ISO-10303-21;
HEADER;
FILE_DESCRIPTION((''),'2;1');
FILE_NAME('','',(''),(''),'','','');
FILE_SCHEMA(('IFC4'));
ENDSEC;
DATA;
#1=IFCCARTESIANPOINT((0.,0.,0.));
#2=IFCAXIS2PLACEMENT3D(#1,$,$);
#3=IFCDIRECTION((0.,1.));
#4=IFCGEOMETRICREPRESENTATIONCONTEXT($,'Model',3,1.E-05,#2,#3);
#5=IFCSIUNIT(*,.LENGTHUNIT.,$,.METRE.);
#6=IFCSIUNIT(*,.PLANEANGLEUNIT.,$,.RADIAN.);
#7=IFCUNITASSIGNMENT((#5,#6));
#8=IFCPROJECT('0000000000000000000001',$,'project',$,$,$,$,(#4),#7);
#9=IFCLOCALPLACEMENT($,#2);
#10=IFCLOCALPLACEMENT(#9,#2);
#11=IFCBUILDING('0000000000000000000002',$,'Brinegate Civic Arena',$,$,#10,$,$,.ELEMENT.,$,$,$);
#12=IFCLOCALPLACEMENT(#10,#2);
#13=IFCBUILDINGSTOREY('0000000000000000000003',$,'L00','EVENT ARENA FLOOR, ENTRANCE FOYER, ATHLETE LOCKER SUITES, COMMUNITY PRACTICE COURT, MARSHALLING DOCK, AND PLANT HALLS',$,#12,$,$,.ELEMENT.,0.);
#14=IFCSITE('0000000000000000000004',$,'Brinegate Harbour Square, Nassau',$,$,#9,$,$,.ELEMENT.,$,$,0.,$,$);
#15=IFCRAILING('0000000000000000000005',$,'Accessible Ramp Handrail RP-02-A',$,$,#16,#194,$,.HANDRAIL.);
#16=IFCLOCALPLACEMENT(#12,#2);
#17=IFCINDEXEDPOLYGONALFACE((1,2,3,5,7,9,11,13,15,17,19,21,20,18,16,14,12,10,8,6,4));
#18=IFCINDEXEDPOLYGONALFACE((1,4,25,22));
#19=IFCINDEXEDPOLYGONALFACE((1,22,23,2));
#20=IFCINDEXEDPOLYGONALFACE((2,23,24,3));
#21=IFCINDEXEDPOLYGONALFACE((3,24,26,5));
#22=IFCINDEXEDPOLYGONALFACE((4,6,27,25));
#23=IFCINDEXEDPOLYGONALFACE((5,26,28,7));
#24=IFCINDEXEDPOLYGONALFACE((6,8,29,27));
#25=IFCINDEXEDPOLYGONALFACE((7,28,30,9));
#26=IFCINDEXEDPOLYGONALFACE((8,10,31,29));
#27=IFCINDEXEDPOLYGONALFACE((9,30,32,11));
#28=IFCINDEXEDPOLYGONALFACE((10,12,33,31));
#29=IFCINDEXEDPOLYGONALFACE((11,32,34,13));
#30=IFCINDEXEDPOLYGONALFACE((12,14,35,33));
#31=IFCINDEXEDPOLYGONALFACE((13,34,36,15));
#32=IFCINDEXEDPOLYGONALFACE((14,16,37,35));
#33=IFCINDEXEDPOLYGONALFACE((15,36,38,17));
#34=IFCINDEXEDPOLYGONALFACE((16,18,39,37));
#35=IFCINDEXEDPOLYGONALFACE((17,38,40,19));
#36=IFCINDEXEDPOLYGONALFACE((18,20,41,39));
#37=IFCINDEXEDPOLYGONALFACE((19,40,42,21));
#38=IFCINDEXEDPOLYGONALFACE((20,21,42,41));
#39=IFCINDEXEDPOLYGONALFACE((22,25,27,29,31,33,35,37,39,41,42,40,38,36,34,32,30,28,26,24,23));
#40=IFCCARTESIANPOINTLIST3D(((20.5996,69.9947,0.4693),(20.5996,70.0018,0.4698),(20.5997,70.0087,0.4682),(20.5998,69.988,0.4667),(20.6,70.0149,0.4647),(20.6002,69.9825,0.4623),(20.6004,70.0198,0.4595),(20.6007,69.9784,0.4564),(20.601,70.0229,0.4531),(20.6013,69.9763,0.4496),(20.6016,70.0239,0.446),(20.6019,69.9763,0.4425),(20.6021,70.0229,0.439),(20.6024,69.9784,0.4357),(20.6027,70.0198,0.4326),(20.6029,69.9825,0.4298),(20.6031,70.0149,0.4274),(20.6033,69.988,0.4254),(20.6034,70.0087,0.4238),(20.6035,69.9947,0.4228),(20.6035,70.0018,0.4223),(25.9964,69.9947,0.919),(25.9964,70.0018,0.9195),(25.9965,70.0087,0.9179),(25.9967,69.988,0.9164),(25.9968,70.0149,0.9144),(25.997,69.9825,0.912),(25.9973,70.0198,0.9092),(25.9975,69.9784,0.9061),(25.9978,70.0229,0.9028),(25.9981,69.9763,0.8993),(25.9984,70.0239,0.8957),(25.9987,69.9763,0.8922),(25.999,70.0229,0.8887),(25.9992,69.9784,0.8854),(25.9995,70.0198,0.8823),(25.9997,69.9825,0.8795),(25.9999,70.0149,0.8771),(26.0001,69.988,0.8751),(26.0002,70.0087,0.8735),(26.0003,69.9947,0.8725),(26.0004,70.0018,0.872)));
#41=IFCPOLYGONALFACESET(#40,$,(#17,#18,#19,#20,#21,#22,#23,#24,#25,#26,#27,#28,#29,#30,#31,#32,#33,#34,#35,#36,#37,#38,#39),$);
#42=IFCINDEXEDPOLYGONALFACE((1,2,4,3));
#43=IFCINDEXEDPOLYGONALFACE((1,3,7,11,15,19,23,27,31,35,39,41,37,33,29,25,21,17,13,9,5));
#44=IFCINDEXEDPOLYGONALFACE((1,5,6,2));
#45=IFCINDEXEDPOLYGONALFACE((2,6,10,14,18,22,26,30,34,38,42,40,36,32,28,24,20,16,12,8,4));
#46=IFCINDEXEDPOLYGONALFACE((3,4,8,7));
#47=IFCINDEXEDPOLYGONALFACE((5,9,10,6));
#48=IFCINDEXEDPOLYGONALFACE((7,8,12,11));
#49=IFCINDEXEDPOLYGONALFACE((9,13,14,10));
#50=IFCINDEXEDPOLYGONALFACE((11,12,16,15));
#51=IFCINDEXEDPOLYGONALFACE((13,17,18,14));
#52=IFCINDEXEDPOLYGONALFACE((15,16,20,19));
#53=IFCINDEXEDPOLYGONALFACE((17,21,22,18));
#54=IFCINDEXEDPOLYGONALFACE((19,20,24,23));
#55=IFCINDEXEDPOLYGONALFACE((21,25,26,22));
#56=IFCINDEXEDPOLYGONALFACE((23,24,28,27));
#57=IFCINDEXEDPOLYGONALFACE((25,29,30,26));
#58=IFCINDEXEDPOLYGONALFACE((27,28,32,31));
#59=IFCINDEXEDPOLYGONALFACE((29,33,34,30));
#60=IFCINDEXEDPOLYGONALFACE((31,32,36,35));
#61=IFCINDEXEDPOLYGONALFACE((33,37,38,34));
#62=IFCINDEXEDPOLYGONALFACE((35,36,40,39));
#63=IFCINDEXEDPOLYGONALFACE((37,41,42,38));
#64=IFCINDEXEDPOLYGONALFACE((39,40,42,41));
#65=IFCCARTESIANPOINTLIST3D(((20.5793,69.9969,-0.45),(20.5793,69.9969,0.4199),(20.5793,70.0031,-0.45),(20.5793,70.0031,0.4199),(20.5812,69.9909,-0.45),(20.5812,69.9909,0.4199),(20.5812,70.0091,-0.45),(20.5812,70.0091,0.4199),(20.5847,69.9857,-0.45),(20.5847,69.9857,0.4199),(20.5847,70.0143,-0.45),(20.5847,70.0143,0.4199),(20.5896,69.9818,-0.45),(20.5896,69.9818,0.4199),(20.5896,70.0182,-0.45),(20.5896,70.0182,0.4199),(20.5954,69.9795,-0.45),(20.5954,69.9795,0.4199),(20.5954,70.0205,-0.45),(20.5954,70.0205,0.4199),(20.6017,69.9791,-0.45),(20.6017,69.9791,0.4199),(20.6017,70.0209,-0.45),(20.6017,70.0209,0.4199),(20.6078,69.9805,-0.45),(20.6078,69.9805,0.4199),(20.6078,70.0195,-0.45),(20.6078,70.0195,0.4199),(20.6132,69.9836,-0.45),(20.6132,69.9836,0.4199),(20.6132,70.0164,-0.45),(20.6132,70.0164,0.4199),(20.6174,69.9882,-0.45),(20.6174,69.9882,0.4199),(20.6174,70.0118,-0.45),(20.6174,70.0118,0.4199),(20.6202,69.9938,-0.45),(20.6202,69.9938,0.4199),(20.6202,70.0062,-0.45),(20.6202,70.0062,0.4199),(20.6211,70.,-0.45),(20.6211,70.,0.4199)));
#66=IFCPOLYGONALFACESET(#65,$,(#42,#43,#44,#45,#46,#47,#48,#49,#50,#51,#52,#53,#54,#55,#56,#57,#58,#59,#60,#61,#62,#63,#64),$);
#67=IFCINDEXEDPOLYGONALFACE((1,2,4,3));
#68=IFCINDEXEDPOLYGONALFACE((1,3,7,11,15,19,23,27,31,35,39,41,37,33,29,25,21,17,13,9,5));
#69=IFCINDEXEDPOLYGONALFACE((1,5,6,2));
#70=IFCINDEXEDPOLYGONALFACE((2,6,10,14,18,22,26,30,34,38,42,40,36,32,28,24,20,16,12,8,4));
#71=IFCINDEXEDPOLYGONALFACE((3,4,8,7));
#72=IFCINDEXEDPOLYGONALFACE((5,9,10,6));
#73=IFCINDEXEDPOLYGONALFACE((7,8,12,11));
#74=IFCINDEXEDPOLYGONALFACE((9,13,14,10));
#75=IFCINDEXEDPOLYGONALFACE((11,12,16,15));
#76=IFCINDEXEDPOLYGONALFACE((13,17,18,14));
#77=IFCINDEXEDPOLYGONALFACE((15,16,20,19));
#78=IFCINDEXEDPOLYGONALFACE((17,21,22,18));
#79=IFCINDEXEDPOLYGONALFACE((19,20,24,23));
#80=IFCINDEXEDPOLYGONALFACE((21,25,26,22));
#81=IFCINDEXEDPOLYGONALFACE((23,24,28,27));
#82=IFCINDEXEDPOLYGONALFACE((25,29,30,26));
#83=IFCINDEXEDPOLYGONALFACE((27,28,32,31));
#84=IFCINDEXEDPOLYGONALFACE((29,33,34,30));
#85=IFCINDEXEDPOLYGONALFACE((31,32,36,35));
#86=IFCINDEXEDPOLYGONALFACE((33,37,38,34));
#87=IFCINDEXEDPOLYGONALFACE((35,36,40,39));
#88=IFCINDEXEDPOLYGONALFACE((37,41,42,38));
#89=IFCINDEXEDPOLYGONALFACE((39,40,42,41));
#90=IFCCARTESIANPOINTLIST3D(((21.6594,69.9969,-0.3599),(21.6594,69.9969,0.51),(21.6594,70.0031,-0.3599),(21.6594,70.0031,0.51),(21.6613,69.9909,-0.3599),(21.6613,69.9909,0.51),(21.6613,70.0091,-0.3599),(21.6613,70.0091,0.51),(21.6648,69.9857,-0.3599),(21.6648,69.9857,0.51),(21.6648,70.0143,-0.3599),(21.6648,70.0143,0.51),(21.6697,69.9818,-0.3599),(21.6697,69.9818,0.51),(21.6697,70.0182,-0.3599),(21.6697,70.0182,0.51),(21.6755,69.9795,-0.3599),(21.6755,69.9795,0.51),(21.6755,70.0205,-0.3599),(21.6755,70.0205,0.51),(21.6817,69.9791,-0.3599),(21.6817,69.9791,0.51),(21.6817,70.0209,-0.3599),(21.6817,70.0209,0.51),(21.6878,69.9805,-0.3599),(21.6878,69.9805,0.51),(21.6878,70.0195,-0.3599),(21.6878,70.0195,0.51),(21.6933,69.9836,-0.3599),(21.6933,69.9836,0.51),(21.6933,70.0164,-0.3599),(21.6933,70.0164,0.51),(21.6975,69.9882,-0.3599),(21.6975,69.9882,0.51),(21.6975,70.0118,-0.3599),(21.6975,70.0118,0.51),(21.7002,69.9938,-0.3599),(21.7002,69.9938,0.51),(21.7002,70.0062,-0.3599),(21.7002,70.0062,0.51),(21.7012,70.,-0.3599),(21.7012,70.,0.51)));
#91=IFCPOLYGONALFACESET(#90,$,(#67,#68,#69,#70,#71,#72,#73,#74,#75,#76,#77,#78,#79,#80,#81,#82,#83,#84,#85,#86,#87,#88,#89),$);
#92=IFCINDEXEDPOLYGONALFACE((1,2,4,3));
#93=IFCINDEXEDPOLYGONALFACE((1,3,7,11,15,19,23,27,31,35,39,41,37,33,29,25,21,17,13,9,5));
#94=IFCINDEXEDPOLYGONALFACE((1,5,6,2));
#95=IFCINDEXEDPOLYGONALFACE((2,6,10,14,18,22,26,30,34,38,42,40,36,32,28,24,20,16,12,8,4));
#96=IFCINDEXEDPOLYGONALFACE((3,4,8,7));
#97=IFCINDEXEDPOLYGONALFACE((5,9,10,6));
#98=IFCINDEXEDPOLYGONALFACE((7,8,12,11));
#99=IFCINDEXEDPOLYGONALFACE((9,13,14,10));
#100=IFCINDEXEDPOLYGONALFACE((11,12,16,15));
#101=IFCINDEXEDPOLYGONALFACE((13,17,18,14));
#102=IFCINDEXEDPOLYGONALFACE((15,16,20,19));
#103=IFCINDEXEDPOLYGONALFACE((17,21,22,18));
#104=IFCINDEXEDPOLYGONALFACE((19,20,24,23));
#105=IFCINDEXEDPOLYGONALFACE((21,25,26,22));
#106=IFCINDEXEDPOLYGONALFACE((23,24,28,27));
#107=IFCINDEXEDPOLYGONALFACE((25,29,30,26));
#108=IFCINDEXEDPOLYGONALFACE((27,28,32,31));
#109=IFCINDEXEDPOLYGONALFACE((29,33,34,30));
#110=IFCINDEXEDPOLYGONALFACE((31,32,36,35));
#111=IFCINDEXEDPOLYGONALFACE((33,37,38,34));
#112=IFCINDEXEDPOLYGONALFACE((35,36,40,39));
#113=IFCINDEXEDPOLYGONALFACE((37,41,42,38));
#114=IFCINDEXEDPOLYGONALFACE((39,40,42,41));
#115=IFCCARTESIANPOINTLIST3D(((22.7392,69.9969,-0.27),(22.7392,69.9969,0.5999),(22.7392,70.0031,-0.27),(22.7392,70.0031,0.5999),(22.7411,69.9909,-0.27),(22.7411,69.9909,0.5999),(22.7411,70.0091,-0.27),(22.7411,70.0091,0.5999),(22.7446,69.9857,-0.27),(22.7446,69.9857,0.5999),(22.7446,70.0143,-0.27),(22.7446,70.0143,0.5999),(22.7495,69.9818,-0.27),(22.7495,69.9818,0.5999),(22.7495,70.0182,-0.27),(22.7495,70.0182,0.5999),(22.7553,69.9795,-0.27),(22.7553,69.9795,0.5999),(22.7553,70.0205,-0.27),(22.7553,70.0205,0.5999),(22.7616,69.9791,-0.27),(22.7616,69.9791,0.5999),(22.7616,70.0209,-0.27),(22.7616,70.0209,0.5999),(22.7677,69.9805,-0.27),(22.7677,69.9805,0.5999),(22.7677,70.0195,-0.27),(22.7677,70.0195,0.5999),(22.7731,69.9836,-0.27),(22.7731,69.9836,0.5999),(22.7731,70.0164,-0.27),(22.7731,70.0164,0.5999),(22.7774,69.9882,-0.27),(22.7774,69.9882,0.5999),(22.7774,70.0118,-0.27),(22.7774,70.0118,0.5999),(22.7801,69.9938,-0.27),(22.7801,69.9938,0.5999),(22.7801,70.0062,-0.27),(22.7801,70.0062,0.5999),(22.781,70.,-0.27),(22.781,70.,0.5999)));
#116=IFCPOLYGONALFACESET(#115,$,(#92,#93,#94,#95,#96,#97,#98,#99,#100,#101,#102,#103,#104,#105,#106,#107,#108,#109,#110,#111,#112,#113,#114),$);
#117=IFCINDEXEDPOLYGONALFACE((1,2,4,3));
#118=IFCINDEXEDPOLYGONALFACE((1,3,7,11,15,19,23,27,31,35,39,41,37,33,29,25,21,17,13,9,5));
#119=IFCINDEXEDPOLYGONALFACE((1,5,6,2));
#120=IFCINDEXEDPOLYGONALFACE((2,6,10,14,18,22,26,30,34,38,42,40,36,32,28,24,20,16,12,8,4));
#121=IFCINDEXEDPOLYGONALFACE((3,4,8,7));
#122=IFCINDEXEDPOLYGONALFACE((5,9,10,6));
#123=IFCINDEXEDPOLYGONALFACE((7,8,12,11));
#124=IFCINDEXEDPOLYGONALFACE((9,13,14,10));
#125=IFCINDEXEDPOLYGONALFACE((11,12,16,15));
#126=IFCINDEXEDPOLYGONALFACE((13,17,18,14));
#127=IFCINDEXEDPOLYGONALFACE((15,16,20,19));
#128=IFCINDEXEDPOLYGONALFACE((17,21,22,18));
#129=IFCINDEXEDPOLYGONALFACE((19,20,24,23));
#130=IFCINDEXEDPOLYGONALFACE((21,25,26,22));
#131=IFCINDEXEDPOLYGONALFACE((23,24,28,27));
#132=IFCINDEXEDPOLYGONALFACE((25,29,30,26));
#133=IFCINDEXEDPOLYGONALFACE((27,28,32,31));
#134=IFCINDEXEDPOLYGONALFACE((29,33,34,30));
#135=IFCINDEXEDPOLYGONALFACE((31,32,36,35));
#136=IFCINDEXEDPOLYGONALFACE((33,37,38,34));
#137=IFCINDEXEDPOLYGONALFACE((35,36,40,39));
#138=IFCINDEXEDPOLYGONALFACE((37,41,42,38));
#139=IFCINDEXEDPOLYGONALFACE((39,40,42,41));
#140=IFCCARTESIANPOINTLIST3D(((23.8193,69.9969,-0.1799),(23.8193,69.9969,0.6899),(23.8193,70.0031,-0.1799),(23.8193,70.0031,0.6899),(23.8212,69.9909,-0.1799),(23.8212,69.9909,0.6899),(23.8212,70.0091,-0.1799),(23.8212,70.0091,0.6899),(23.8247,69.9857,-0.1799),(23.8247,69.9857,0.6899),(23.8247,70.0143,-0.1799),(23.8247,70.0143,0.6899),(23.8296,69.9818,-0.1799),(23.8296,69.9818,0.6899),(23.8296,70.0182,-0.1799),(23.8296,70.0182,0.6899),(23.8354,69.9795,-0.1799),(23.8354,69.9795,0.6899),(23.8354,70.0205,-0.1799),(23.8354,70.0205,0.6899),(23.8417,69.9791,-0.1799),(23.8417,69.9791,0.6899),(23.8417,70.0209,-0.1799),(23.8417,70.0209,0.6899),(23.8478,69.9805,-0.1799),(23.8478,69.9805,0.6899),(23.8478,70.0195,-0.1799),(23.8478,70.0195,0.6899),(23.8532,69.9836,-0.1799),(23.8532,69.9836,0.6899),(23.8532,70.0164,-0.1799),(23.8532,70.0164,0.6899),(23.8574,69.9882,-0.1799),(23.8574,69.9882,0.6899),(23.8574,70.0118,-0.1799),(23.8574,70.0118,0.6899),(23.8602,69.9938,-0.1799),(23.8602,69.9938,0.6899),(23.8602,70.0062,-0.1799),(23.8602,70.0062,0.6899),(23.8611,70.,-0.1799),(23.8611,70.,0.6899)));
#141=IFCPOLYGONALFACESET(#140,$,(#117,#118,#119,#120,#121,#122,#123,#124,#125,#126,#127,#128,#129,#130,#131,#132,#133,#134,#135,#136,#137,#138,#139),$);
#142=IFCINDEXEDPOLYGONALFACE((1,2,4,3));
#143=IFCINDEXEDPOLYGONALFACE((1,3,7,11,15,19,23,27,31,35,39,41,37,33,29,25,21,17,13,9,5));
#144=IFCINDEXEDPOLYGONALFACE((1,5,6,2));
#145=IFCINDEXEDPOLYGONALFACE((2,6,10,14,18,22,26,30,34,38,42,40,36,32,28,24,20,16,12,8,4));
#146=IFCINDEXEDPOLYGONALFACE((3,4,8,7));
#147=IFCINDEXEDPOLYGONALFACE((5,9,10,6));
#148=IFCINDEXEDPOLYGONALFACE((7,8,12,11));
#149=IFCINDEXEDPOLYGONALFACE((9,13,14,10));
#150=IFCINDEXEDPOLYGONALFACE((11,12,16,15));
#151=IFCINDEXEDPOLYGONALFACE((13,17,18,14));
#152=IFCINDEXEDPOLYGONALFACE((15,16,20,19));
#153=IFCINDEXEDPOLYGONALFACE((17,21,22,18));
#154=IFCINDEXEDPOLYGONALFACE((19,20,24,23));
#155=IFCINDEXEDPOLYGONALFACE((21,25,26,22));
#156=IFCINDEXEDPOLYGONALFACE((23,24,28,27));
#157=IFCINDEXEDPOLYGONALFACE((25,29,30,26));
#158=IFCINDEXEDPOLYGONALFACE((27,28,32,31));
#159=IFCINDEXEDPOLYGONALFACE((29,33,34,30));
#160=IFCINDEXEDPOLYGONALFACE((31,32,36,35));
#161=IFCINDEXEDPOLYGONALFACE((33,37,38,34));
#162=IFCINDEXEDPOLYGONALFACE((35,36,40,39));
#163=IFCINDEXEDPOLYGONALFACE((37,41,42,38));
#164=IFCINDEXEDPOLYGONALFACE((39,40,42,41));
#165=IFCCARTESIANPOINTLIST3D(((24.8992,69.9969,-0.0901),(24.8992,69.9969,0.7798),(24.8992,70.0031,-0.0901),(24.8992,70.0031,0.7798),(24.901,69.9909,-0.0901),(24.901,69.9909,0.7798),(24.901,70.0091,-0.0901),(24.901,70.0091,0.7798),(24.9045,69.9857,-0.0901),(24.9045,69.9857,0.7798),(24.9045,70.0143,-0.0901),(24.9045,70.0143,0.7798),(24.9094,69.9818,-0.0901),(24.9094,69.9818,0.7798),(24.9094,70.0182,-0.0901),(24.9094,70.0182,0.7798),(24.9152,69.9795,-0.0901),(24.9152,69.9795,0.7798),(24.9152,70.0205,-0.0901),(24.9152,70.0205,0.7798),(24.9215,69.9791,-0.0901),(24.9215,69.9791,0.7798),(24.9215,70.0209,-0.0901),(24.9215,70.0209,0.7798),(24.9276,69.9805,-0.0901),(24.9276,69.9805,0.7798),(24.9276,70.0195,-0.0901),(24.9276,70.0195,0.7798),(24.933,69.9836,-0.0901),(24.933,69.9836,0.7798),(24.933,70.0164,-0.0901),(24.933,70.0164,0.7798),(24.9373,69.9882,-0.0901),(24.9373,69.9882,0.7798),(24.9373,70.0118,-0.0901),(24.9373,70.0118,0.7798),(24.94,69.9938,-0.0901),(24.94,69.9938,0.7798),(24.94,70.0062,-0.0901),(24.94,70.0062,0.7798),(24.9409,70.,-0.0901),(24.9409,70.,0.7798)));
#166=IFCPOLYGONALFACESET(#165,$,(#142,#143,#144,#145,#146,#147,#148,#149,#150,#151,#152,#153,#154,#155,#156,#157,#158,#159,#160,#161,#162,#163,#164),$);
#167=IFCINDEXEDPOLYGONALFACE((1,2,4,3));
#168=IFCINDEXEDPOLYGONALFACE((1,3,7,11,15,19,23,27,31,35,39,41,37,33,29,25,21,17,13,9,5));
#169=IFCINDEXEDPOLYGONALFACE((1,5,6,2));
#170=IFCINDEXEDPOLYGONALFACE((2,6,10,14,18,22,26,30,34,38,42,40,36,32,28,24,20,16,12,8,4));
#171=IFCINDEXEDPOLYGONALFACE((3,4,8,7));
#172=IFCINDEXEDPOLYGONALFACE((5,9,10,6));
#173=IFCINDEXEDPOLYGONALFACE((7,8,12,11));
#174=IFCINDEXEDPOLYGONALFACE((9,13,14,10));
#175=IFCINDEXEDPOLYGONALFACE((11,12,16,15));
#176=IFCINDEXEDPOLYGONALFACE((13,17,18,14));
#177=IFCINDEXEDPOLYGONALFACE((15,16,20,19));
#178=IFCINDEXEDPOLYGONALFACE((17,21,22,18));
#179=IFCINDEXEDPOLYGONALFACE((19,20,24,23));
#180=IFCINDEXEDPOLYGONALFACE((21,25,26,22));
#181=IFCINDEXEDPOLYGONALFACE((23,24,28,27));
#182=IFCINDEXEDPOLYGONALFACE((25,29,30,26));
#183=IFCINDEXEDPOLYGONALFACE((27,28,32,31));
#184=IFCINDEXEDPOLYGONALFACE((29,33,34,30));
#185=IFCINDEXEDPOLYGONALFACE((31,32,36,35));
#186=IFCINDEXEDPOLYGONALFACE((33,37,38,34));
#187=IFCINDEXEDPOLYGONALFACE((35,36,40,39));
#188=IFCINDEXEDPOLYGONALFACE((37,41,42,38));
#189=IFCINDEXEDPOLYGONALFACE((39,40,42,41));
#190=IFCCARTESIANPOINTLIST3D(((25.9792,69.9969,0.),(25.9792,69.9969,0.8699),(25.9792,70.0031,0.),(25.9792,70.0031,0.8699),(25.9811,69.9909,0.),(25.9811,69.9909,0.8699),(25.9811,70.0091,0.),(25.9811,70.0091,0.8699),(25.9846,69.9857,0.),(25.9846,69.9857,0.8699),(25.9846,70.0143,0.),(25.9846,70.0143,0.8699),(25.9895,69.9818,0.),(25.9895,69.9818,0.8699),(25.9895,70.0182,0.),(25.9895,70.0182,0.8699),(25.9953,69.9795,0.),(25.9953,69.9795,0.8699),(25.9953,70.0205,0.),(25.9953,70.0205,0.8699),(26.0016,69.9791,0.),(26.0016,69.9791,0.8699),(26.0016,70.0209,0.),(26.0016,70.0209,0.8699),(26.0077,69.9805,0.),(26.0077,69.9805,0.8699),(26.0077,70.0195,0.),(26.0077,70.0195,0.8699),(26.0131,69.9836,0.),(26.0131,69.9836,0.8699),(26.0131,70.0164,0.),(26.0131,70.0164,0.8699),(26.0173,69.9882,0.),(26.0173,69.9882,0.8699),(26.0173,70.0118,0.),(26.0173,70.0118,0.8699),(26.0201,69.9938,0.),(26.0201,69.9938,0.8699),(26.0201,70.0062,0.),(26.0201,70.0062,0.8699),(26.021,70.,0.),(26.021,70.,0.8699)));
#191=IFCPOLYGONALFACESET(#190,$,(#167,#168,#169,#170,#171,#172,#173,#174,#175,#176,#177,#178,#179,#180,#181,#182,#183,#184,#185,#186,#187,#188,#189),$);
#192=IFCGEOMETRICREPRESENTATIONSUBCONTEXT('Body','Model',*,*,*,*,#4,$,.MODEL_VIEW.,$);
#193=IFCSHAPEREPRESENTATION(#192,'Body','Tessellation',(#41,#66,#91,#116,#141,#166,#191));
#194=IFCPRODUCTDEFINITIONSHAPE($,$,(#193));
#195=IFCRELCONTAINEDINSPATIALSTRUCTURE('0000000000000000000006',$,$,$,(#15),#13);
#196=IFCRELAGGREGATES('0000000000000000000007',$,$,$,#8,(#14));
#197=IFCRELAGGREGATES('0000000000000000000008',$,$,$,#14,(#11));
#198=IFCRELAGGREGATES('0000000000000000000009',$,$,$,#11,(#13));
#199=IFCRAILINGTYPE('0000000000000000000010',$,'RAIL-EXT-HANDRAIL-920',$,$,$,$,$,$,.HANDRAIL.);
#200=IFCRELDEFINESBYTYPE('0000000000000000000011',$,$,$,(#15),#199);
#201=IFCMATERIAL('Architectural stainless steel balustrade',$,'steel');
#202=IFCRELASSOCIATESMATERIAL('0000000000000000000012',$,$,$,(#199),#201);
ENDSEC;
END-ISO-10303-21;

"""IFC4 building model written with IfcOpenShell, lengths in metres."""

from ifc_helpers import new_model, si_unit, direction, frame, origin, origin_2d, place, context, subcontext, project, spatial, circle, extrude, material, type_object, element, save


model = new_model("IFC4")

# Units and contexts
model_context = context("Model", 3, precision=1e-05, world=origin(), true_north=direction((0.0, 1.0)))
body_context = subcontext(model_context, "Body", "Model", "MODEL_VIEW")
ifc_project = project(units=[si_unit("LENGTHUNIT", "METRE"), si_unit("PLANEANGLEUNIT", "RADIAN")], contexts=[model_context])

# Site, building, storey
site_placement = place(None, origin())
site = spatial("IfcSite", under=ifc_project, at=site_placement, Name="Brinegate Harbour Square, Nassau", CompositionType="ELEMENT", RefElevation=0.0)
building_placement = place(site_placement, origin())
building = spatial("IfcBuilding", under=site, at=building_placement, Name="Brinegate Civic Arena", CompositionType="ELEMENT")
storey_placement = place(building_placement, origin())
storey = spatial("IfcBuildingStorey", under=building, at=storey_placement, Name="L00", Description="EVENT ARENA FLOOR, ENTRANCE FOYER, ATHLETE LOCKER SUITES, COMMUNITY PRACTICE COURT, MARSHALLING DOCK, AND PLANT HALLS", CompositionType="ELEMENT", Elevation=0.0)

# Railing
ifc_material_1 = material(Name="Architectural stainless steel balustrade", Category="steel")
railing_type = type_object("IfcRailingType", Name="RAIL-EXT-HANDRAIL-920", PredefinedType="HANDRAIL", material=ifc_material_1)
for number, where, name in (
    (1, (20.6001, 70.0, -0.45), "Accessible Ramp Handrail RP-02-A"),
):
    element("IfcRailing", number, at=place(storey_placement, frame(where)), inside=storey, type_object=railing_type, Name=name, PredefinedType="HANDRAIL", context=body_context, shape_type="SweptSolid", body=[
        extrude(circle(Radius=0.0239, at=origin_2d()), frame((0.0015, 0.0, 0.896), z_axis=(0.996546, 0.0, 0.083038), x_axis=(0.0, 1.0, 0.0)), (0.0, 0.0, 1.0), 5.4155),
        extrude(circle(Radius=0.021, at=origin_2d()), origin(), (0.0, 0.0, 1.0), 0.8699),
        extrude(circle(Radius=0.021, at=origin_2d()), frame((1.0801, 0.0, 0.0901)), (0.0, 0.0, 1.0), 0.8699),
        extrude(circle(Radius=0.021, at=origin_2d()), frame((2.1599, 0.0, 0.1799)), (0.0, 0.0, 1.0), 0.8699),
        extrude(circle(Radius=0.021, at=origin_2d()), frame((3.24, 0.0, 0.27)), (0.0, 0.0, 1.0), 0.8699),
        extrude(circle(Radius=0.021, at=origin_2d()), frame((4.3198, 0.0, 0.3599)), (0.0, 0.0, 1.0), 0.8699),
        extrude(circle(Radius=0.021, at=origin_2d()), frame((5.3999, 0.0, 0.45)), (0.0, 0.0, 1.0), 0.8699),
    ])

save(model, "model.ifc")
